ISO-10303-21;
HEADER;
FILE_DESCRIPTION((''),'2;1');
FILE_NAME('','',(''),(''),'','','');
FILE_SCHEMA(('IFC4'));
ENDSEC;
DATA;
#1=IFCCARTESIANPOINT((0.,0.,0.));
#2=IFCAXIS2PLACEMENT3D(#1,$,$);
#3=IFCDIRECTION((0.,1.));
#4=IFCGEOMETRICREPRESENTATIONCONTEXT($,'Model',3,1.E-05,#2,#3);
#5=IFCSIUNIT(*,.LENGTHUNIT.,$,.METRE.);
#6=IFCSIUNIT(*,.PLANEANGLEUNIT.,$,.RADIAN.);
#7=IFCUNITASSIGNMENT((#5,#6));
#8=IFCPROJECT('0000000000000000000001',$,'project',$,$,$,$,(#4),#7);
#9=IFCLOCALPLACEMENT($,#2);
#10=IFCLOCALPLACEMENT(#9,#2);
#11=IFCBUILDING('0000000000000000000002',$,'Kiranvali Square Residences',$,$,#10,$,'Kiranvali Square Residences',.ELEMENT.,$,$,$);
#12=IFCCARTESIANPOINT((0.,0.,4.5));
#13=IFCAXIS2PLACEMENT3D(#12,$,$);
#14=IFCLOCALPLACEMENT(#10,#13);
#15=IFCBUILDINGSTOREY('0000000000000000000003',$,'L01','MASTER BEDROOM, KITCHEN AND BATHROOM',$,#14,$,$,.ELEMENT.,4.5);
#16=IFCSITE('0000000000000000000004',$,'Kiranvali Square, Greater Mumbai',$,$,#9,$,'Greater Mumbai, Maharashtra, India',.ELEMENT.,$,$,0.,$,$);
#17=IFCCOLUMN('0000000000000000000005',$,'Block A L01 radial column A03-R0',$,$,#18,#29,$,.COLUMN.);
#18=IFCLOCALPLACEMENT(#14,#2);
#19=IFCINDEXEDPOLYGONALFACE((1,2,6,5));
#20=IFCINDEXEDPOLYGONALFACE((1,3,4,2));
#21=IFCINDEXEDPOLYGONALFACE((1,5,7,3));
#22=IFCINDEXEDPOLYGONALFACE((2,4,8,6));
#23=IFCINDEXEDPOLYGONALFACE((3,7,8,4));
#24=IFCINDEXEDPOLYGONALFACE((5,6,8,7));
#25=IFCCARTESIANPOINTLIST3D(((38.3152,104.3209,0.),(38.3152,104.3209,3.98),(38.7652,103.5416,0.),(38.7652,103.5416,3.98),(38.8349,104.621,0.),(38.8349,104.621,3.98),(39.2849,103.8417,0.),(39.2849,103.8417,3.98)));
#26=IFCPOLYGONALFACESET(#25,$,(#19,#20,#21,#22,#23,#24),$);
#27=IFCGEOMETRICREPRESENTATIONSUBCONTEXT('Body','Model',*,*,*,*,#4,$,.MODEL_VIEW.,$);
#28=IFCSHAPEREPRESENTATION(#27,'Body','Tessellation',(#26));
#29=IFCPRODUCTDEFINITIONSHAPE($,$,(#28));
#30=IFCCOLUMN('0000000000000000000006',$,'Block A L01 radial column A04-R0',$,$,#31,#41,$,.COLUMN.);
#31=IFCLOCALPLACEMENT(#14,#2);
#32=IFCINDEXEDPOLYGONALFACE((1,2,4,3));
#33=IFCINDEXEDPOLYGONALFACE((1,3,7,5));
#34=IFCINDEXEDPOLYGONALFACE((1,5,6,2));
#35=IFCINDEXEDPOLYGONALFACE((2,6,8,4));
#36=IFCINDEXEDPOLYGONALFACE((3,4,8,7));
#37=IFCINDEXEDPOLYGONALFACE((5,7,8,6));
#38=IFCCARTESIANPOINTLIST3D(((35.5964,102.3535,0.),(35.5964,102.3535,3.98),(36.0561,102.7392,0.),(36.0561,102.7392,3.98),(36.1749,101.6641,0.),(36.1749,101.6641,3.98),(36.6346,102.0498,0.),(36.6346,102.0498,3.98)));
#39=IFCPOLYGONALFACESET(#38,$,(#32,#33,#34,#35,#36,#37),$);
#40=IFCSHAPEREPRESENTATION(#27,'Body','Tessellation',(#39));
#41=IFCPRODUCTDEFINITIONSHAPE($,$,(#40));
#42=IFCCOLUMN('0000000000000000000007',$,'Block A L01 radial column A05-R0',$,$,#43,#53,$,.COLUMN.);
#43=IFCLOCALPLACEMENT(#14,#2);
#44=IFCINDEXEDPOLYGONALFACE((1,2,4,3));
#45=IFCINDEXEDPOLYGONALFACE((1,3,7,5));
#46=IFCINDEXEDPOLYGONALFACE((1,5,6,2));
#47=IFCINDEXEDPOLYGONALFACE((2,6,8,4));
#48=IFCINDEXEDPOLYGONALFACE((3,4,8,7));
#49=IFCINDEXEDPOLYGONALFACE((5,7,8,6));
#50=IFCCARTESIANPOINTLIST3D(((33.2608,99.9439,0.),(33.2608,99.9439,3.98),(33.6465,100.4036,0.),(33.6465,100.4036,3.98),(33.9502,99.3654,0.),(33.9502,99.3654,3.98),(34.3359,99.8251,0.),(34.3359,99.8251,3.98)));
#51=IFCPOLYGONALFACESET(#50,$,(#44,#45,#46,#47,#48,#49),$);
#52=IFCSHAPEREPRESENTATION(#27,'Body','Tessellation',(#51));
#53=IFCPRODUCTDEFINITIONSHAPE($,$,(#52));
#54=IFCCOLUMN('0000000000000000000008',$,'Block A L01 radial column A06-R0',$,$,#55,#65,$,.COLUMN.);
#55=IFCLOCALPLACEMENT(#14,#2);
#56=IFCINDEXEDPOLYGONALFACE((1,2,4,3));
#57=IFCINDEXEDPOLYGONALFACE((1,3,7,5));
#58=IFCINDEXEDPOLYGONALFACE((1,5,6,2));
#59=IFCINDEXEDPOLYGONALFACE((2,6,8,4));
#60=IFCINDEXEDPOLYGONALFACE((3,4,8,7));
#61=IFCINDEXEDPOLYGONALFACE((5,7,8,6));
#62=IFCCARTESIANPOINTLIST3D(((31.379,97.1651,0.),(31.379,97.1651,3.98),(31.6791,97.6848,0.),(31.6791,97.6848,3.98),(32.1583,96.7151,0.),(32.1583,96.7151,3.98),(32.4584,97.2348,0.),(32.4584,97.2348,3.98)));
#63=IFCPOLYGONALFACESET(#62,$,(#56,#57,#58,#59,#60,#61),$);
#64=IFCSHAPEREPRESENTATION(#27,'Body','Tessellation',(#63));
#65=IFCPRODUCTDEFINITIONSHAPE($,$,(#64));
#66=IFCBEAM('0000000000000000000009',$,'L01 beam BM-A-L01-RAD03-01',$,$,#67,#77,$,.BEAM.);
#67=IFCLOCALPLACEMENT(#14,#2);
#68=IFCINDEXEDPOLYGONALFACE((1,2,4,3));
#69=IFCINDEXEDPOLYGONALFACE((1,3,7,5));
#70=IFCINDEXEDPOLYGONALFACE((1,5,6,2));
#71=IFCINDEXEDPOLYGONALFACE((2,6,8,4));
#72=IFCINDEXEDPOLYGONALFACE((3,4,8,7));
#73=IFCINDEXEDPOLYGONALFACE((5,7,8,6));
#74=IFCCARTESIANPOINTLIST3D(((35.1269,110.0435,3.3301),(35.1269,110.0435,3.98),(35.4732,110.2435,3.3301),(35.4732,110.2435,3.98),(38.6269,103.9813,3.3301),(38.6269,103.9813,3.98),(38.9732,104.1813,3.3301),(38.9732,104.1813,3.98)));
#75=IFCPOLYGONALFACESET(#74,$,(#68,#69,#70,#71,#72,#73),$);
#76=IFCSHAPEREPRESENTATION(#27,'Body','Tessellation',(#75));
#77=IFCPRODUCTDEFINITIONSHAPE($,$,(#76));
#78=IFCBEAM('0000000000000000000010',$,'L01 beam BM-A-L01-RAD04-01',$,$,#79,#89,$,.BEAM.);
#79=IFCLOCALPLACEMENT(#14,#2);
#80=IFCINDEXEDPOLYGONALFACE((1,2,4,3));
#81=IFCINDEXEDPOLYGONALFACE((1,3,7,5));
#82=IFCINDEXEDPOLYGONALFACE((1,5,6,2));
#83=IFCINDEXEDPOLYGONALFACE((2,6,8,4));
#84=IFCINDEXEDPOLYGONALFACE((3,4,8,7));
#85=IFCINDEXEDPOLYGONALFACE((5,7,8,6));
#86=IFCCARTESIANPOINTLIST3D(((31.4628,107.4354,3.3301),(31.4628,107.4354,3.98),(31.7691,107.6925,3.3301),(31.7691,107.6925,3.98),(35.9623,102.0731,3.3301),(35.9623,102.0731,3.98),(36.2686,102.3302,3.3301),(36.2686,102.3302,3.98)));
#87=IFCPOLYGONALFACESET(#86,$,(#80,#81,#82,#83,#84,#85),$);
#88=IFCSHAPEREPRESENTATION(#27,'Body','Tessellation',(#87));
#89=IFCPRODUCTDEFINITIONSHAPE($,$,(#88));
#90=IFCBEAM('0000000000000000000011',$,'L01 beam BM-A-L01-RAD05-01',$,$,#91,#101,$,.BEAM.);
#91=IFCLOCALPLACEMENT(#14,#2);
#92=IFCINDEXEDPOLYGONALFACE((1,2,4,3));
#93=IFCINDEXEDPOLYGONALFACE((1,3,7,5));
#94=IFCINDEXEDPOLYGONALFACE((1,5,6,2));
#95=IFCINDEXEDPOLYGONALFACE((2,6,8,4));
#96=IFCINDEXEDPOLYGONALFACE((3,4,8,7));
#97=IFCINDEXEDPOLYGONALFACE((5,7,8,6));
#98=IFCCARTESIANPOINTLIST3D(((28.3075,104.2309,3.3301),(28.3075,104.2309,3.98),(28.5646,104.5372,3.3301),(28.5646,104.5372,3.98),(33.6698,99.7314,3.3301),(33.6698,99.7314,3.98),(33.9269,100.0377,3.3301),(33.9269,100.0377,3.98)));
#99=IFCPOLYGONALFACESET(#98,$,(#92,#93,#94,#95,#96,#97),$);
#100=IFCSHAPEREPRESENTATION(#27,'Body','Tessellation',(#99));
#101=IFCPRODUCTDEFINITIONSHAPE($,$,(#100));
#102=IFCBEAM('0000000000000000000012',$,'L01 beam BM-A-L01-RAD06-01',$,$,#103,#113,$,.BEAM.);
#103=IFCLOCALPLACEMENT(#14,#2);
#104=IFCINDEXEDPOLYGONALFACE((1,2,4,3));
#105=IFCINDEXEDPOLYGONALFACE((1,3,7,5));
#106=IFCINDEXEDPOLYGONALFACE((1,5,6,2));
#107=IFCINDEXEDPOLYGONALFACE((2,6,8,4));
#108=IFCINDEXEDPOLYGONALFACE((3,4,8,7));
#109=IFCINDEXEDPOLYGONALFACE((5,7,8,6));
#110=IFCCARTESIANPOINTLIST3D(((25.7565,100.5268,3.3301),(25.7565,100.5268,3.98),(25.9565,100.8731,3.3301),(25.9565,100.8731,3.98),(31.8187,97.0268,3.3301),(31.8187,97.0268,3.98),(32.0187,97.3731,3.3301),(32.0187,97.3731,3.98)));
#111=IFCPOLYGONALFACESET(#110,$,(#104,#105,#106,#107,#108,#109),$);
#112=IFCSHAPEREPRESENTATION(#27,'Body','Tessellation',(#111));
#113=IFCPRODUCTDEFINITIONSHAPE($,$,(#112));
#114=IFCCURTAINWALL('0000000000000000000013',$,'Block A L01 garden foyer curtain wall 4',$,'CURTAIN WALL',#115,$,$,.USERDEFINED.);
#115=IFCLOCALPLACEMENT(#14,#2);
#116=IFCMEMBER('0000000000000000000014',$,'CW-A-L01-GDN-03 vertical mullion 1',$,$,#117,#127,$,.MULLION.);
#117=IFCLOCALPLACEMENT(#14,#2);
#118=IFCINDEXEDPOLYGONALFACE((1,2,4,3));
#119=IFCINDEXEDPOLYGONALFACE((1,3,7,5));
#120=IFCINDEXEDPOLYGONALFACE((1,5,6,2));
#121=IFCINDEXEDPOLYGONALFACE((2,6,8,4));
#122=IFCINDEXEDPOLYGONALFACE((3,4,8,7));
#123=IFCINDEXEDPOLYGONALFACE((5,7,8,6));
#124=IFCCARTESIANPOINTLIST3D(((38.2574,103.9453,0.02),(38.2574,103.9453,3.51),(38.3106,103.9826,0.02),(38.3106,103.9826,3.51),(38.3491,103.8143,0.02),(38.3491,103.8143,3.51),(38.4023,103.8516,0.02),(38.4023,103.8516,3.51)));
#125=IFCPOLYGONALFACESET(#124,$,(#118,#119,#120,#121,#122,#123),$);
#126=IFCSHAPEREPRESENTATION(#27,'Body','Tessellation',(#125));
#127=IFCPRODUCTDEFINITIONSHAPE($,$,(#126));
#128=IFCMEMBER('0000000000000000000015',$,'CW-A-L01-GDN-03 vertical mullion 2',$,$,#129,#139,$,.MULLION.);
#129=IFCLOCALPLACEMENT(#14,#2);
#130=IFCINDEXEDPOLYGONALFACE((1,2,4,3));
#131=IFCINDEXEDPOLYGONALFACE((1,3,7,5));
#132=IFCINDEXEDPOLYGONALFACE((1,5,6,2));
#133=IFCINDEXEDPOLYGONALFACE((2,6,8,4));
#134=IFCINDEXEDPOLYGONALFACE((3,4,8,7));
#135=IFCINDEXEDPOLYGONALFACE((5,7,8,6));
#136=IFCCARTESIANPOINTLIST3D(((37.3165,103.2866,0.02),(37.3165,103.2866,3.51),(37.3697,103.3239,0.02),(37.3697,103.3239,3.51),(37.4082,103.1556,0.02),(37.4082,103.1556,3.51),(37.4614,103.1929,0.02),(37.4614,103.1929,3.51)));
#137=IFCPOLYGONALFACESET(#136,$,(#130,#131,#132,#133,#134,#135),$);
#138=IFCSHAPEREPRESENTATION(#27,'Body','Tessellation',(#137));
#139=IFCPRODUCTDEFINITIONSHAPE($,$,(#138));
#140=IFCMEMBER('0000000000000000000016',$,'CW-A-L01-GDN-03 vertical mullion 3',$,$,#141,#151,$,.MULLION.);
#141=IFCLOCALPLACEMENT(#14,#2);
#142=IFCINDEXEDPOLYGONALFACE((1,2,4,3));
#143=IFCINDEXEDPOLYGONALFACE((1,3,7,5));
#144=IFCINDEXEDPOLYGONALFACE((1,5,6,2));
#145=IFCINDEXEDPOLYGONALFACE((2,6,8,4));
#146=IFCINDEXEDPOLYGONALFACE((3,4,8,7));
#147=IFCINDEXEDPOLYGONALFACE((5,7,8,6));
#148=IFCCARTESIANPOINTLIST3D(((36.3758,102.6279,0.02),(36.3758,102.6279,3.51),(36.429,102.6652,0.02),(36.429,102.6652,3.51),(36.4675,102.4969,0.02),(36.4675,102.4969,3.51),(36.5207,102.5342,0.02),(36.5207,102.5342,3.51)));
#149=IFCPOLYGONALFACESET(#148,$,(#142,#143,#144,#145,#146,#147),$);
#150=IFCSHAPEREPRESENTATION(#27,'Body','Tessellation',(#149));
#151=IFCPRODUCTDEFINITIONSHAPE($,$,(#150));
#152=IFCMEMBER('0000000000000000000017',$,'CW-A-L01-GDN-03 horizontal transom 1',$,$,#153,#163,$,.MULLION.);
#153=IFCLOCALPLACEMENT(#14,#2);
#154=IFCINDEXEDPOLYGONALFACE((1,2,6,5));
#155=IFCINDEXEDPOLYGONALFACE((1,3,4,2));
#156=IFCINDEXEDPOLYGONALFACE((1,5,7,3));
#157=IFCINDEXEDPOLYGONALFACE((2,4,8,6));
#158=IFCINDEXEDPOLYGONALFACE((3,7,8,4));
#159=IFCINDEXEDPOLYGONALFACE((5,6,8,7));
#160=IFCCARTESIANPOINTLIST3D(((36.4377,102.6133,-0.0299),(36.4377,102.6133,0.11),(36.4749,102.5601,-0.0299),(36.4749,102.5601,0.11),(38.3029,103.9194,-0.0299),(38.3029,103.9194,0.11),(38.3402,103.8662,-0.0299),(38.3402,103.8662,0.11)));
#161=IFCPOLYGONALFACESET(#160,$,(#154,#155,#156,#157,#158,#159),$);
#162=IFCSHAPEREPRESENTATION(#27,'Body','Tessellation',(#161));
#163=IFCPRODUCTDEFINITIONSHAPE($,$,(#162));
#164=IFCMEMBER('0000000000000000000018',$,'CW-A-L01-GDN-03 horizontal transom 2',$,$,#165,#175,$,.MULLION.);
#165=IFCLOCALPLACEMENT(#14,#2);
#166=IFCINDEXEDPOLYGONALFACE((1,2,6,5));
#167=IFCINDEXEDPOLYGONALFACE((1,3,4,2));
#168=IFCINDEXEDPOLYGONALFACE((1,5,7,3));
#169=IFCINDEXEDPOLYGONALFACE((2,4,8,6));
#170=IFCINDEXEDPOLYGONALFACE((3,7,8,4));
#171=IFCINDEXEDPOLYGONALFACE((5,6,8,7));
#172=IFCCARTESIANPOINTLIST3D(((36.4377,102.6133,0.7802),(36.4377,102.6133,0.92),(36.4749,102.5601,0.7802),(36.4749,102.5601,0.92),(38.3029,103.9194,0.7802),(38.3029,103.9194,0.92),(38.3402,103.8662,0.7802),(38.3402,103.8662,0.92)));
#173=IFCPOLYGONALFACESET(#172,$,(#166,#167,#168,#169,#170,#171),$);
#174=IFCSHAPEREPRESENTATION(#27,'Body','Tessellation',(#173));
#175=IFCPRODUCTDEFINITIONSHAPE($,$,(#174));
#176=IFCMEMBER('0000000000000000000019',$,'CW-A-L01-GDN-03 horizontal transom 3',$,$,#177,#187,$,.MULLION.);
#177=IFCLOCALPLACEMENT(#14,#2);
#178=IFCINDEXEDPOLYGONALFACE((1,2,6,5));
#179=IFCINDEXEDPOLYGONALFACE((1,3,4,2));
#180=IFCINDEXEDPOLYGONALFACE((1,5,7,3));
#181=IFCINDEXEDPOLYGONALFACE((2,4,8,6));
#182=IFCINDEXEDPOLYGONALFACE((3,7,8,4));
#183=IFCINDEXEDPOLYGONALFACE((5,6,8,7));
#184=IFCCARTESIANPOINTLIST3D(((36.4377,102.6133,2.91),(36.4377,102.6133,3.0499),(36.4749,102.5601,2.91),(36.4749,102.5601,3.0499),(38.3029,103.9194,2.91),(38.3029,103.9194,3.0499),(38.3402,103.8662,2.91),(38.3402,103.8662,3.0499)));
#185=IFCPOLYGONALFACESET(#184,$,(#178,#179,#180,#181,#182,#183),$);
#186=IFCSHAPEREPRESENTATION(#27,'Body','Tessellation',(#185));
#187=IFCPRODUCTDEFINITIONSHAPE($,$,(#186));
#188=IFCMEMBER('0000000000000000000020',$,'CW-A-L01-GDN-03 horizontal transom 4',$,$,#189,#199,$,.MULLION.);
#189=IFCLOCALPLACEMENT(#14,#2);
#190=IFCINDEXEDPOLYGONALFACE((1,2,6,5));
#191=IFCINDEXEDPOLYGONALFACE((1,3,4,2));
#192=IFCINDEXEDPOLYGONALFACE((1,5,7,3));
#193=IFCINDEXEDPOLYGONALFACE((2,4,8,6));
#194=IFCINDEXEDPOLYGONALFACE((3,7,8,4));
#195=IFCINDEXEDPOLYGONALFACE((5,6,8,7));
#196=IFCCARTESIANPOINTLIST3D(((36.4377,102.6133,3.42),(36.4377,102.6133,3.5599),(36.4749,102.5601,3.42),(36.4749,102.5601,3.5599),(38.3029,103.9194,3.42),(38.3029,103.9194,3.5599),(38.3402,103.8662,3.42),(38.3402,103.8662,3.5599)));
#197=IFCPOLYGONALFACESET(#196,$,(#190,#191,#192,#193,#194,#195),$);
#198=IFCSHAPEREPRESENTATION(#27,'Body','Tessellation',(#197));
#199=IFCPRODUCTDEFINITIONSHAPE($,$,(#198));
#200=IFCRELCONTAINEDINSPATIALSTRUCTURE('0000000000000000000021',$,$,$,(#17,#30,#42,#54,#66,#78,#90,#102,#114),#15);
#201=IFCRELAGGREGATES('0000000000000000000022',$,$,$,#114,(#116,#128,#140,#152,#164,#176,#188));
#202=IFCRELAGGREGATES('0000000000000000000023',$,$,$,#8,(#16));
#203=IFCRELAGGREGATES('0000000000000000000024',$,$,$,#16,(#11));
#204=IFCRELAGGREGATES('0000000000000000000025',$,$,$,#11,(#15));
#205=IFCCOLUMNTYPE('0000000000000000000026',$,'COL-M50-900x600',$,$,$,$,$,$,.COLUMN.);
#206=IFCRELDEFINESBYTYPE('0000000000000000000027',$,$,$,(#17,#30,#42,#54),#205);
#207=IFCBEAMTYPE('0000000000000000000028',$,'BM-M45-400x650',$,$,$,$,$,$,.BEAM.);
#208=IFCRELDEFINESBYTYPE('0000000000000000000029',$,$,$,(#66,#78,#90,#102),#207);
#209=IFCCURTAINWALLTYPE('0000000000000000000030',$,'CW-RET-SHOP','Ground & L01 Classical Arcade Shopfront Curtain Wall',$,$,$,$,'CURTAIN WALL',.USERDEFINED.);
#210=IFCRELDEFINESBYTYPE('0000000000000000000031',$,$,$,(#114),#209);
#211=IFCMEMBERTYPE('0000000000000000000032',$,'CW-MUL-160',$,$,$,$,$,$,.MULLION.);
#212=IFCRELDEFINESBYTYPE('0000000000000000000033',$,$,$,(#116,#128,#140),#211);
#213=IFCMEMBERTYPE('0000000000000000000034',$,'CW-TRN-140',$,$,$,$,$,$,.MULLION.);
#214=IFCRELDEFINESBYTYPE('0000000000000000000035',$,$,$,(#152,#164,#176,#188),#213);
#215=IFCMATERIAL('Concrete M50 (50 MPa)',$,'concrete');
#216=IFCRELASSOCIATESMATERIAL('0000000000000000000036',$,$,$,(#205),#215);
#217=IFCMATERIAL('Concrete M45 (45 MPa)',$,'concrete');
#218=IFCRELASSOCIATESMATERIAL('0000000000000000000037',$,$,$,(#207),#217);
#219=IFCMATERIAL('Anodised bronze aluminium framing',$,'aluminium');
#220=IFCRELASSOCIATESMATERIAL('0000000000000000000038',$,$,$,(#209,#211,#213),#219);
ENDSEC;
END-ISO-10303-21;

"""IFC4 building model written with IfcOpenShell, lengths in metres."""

from ifc_helpers import new_model, si_unit, direction, frame, origin, origin_2d, place, context, subcontext, project, spatial, rectangle, extrude, material, material_profile, profile_set, type_object, element, aggregate, save


model = new_model("IFC4")

# Units and contexts
model_context = context("Model", 3, precision=1e-05, world=origin(), true_north=direction((0.0, 1.0)))
body_context = subcontext(model_context, "Body", "Model", "MODEL_VIEW")
ifc_project = project(units=[si_unit("LENGTHUNIT", "METRE"), si_unit("PLANEANGLEUNIT", "RADIAN")], contexts=[model_context])

# Site, building, storey
site_placement = place(None, origin())
site = spatial("IfcSite", under=ifc_project, at=site_placement, Name="Kiranvali Square, Greater Mumbai", LongName="Greater Mumbai, Maharashtra, India", CompositionType="ELEMENT", RefElevation=0.0)
building_placement = place(site_placement, origin())
building = spatial("IfcBuilding", under=site, at=building_placement, Name="Kiranvali Square Residences", LongName="Kiranvali Square Residences", CompositionType="ELEMENT")
storey_placement = place(building_placement, frame((0.0, 0.0, 4.5)))
storey = spatial("IfcBuildingStorey", under=building, at=storey_placement, Name="L01", Description="MASTER BEDROOM, KITCHEN AND BATHROOM", CompositionType="ELEMENT", Elevation=4.5)

# Columns
ifc_material_1 = material(Name="Concrete M50 (50 MPa)", Category="concrete")
ifc_material_profile_1 = material_profile(ifc_material_1, rectangle(XDim=0.6001, YDim=0.8999, at=origin_2d()), Name="RC 900x600")
ifc_profile_set_1 = profile_set([ifc_material_profile_1], Name="Concrete M50 (50 MPa)")
column_type = type_object("IfcColumnType", Name="COL-M50-900x600", PredefinedType="COLUMN", material=ifc_profile_set_1)
for number, where, z_axis, x_axis, name in (
    (1, (38.8, 104.0813, 0.0), (0.0, 0.0, 1.0), (0.866025, 0.5, 0.0), "Block A L01 radial column A03-R0"),
    (2, (36.1155, 102.2017, 0.0), (0.0, 0.0, 1.0), (0.766044, 0.642788, 0.0), "Block A L01 radial column A04-R0"),
    (3, (33.7983, 99.8845, 0.0), (0.0, 0.0, 1.0), (0.642788, 0.766044, 0.0), "Block A L01 radial column A05-R0"),
    (4, (31.9187, 97.2, 0.0), (0.0, 0.0, 1.0), (0.5, 0.866025, 0.0), "Block A L01 radial column A06-R0"),
):
    element("IfcColumn", number, at=place(storey_placement, frame(where, z_axis=z_axis, x_axis=x_axis)), inside=storey, type_object=column_type, Name=name, PredefinedType="COLUMN", context=body_context, shape_type="SweptSolid", body=[
        extrude(rectangle(XDim=0.6001, YDim=0.8999, at=origin_2d()), origin(), (0.0, 0.0, 1.0), 3.98),
    ])

# Beams
ifc_material_2 = material(Name="Concrete M45 (45 MPa)", Category="concrete")
ifc_material_profile_2 = material_profile(ifc_material_2, rectangle(XDim=0.3999, YDim=0.6499, at=origin_2d()), Name="RC 400x650")
ifc_profile_set_2 = profile_set([ifc_material_profile_2], Name="Concrete M45 (45 MPa)")
beam_type_1 = type_object("IfcBeamType", Name="BM-M45-400x650", PredefinedType="BEAM", material=ifc_profile_set_2)
for number, where, z_axis, x_axis, name in (
    (5, (38.8, 104.0813, 3.655), (-0.499995, 0.866028, 0.0), (-0.866028, -0.499995, 0.0), "L01 beam BM-A-L01-RAD03-01"),
    (6, (36.1155, 102.2017, 3.655), (-0.642788, 0.766044, 0.0), (-0.766044, -0.642788, 0.0), "L01 beam BM-A-L01-RAD04-01"),
    (7, (33.7983, 99.8845, 3.655), (-0.766044, 0.642788, 0.0), (-0.642788, -0.766044, 0.0), "L01 beam BM-A-L01-RAD05-01"),
    (8, (31.9187, 97.2, 3.655), (-0.866028, 0.499995, 0.0), (-0.499995, -0.866028, 0.0), "L01 beam BM-A-L01-RAD06-01"),
):
    element("IfcBeam", number, at=place(storey_placement, frame(where, z_axis=z_axis, x_axis=x_axis)), inside=storey, type_object=beam_type_1, Name=name, PredefinedType="BEAM", context=body_context, shape_type="SweptSolid", body=[
        extrude(rectangle(XDim=0.3999, YDim=0.6499, at=origin_2d()), origin(), (0.0, 0.0, 1.0), 7.0),
    ])

# Curtain wall, members
ifc_material_3 = material(Name="Anodised bronze aluminium framing", Category="aluminium")
curtain_wall_type = type_object("IfcCurtainWallType", Name="CW-RET-SHOP", Description="Ground & L01 Classical Arcade Shopfront Curtain Wall", ElementType="CURTAIN WALL", PredefinedType="USERDEFINED", material=ifc_material_3)
curtain_wall_placement = place(storey_placement, origin())
curtain_wall = element("IfcCurtainWall", 9, at=curtain_wall_placement, inside=storey, type_object=curtain_wall_type, Name="Block A L01 garden foyer curtain wall 4", ObjectType="CURTAIN WALL", PredefinedType="USERDEFINED")
ifc_material_profile_3 = material_profile(ifc_material_3, rectangle(XDim=0.0649, YDim=0.1599, at=origin_2d()), Name="ALU 65x160")
ifc_profile_set_3 = profile_set([ifc_material_profile_3], Name="Anodised bronze aluminium framing")
member_type_1 = type_object("IfcMemberType", Name="CW-MUL-160", PredefinedType="MULLION", material=ifc_profile_set_3)
member_1_placement = place(storey_placement, frame((38.3298, 103.8984, 0.02), z_axis=(0.0, 0.0, 1.0), x_axis=(-0.819152, -0.573576, 0.0)))
member_1 = element("IfcMember", 10, at=member_1_placement, type_object=member_type_1, Name="CW-A-L01-GDN-03 vertical mullion 1", PredefinedType="MULLION", context=body_context, shape_type="SweptSolid", body=[
    extrude(rectangle(XDim=0.0649, YDim=0.1599, at=origin_2d()), origin(), (0.0, 0.0, 1.0), 3.49),
])
member_2_placement = place(storey_placement, frame((37.3889, 103.2397, 0.02), z_axis=(0.0, 0.0, 1.0), x_axis=(-0.819152, -0.573576, 0.0)))
member_2 = element("IfcMember", 11, at=member_2_placement, type_object=member_type_1, Name="CW-A-L01-GDN-03 vertical mullion 2", PredefinedType="MULLION", context=body_context, shape_type="SweptSolid", body=[
    extrude(rectangle(XDim=0.0649, YDim=0.1599, at=origin_2d()), origin(), (0.0, 0.0, 1.0), 3.49),
])
member_3_placement = place(storey_placement, frame((36.4482, 102.5811, 0.02), z_axis=(0.0, 0.0, 1.0), x_axis=(-0.819152, -0.573576, 0.0)))
member_3 = element("IfcMember", 12, at=member_3_placement, type_object=member_type_1, Name="CW-A-L01-GDN-03 vertical mullion 3", PredefinedType="MULLION", context=body_context, shape_type="SweptSolid", body=[
    extrude(rectangle(XDim=0.0649, YDim=0.1599, at=origin_2d()), origin(), (0.0, 0.0, 1.0), 3.49),
])
ifc_material_profile_4 = material_profile(ifc_material_3, rectangle(XDim=0.0649, YDim=0.1399, at=origin_2d()), Name="ALU 65x140")
ifc_profile_set_4 = profile_set([ifc_material_profile_4], Name="Anodised bronze aluminium framing")
member_type_2 = type_object("IfcMemberType", Name="CW-TRN-140", PredefinedType="MULLION", material=ifc_profile_set_4)
member_4_placement = place(storey_placement, frame((38.3215, 103.8928, 0.04), z_axis=(-0.819131, -0.573606, 0.0), x_axis=(0.573606, -0.819131, 0.0)))
member_4 = element("IfcMember", 13, at=member_4_placement, type_object=member_type_2, Name="CW-A-L01-GDN-03 horizontal transom 1", PredefinedType="MULLION", context=body_context, shape_type="SweptSolid", body=[
    extrude(rectangle(XDim=0.0649, YDim=0.1399, at=origin_2d()), origin(), (0.0, 0.0, 1.0), 2.2771),
])
member_5_placement = place(storey_placement, frame((38.3215, 103.8928, 0.8501), z_axis=(-0.819131, -0.573606, 0.0), x_axis=(0.573606, -0.819131, 0.0)))
member_5 = element("IfcMember", 14, at=member_5_placement, type_object=member_type_2, Name="CW-A-L01-GDN-03 horizontal transom 2", PredefinedType="MULLION", context=body_context, shape_type="SweptSolid", body=[
    extrude(rectangle(XDim=0.0649, YDim=0.1399, at=origin_2d()), origin(), (0.0, 0.0, 1.0), 2.2771),
])
member_6_placement = place(storey_placement, frame((38.3215, 103.8928, 2.98), z_axis=(-0.819131, -0.573606, 0.0), x_axis=(0.573606, -0.819131, 0.0)))
member_6 = element("IfcMember", 15, at=member_6_placement, type_object=member_type_2, Name="CW-A-L01-GDN-03 horizontal transom 3", PredefinedType="MULLION", context=body_context, shape_type="SweptSolid", body=[
    extrude(rectangle(XDim=0.0649, YDim=0.1399, at=origin_2d()), origin(), (0.0, 0.0, 1.0), 2.2771),
])
member_7_placement = place(storey_placement, frame((38.3215, 103.8928, 3.49), z_axis=(-0.819131, -0.573606, 0.0), x_axis=(0.573606, -0.819131, 0.0)))
member_7 = element("IfcMember", 16, at=member_7_placement, type_object=member_type_2, Name="CW-A-L01-GDN-03 horizontal transom 4", PredefinedType="MULLION", context=body_context, shape_type="SweptSolid", body=[
    extrude(rectangle(XDim=0.0649, YDim=0.1399, at=origin_2d()), origin(), (0.0, 0.0, 1.0), 2.2771),
])

aggregate(curtain_wall, [member_1, member_2, member_3, member_4, member_5, member_6, member_7])

save(model, "model.ifc")
